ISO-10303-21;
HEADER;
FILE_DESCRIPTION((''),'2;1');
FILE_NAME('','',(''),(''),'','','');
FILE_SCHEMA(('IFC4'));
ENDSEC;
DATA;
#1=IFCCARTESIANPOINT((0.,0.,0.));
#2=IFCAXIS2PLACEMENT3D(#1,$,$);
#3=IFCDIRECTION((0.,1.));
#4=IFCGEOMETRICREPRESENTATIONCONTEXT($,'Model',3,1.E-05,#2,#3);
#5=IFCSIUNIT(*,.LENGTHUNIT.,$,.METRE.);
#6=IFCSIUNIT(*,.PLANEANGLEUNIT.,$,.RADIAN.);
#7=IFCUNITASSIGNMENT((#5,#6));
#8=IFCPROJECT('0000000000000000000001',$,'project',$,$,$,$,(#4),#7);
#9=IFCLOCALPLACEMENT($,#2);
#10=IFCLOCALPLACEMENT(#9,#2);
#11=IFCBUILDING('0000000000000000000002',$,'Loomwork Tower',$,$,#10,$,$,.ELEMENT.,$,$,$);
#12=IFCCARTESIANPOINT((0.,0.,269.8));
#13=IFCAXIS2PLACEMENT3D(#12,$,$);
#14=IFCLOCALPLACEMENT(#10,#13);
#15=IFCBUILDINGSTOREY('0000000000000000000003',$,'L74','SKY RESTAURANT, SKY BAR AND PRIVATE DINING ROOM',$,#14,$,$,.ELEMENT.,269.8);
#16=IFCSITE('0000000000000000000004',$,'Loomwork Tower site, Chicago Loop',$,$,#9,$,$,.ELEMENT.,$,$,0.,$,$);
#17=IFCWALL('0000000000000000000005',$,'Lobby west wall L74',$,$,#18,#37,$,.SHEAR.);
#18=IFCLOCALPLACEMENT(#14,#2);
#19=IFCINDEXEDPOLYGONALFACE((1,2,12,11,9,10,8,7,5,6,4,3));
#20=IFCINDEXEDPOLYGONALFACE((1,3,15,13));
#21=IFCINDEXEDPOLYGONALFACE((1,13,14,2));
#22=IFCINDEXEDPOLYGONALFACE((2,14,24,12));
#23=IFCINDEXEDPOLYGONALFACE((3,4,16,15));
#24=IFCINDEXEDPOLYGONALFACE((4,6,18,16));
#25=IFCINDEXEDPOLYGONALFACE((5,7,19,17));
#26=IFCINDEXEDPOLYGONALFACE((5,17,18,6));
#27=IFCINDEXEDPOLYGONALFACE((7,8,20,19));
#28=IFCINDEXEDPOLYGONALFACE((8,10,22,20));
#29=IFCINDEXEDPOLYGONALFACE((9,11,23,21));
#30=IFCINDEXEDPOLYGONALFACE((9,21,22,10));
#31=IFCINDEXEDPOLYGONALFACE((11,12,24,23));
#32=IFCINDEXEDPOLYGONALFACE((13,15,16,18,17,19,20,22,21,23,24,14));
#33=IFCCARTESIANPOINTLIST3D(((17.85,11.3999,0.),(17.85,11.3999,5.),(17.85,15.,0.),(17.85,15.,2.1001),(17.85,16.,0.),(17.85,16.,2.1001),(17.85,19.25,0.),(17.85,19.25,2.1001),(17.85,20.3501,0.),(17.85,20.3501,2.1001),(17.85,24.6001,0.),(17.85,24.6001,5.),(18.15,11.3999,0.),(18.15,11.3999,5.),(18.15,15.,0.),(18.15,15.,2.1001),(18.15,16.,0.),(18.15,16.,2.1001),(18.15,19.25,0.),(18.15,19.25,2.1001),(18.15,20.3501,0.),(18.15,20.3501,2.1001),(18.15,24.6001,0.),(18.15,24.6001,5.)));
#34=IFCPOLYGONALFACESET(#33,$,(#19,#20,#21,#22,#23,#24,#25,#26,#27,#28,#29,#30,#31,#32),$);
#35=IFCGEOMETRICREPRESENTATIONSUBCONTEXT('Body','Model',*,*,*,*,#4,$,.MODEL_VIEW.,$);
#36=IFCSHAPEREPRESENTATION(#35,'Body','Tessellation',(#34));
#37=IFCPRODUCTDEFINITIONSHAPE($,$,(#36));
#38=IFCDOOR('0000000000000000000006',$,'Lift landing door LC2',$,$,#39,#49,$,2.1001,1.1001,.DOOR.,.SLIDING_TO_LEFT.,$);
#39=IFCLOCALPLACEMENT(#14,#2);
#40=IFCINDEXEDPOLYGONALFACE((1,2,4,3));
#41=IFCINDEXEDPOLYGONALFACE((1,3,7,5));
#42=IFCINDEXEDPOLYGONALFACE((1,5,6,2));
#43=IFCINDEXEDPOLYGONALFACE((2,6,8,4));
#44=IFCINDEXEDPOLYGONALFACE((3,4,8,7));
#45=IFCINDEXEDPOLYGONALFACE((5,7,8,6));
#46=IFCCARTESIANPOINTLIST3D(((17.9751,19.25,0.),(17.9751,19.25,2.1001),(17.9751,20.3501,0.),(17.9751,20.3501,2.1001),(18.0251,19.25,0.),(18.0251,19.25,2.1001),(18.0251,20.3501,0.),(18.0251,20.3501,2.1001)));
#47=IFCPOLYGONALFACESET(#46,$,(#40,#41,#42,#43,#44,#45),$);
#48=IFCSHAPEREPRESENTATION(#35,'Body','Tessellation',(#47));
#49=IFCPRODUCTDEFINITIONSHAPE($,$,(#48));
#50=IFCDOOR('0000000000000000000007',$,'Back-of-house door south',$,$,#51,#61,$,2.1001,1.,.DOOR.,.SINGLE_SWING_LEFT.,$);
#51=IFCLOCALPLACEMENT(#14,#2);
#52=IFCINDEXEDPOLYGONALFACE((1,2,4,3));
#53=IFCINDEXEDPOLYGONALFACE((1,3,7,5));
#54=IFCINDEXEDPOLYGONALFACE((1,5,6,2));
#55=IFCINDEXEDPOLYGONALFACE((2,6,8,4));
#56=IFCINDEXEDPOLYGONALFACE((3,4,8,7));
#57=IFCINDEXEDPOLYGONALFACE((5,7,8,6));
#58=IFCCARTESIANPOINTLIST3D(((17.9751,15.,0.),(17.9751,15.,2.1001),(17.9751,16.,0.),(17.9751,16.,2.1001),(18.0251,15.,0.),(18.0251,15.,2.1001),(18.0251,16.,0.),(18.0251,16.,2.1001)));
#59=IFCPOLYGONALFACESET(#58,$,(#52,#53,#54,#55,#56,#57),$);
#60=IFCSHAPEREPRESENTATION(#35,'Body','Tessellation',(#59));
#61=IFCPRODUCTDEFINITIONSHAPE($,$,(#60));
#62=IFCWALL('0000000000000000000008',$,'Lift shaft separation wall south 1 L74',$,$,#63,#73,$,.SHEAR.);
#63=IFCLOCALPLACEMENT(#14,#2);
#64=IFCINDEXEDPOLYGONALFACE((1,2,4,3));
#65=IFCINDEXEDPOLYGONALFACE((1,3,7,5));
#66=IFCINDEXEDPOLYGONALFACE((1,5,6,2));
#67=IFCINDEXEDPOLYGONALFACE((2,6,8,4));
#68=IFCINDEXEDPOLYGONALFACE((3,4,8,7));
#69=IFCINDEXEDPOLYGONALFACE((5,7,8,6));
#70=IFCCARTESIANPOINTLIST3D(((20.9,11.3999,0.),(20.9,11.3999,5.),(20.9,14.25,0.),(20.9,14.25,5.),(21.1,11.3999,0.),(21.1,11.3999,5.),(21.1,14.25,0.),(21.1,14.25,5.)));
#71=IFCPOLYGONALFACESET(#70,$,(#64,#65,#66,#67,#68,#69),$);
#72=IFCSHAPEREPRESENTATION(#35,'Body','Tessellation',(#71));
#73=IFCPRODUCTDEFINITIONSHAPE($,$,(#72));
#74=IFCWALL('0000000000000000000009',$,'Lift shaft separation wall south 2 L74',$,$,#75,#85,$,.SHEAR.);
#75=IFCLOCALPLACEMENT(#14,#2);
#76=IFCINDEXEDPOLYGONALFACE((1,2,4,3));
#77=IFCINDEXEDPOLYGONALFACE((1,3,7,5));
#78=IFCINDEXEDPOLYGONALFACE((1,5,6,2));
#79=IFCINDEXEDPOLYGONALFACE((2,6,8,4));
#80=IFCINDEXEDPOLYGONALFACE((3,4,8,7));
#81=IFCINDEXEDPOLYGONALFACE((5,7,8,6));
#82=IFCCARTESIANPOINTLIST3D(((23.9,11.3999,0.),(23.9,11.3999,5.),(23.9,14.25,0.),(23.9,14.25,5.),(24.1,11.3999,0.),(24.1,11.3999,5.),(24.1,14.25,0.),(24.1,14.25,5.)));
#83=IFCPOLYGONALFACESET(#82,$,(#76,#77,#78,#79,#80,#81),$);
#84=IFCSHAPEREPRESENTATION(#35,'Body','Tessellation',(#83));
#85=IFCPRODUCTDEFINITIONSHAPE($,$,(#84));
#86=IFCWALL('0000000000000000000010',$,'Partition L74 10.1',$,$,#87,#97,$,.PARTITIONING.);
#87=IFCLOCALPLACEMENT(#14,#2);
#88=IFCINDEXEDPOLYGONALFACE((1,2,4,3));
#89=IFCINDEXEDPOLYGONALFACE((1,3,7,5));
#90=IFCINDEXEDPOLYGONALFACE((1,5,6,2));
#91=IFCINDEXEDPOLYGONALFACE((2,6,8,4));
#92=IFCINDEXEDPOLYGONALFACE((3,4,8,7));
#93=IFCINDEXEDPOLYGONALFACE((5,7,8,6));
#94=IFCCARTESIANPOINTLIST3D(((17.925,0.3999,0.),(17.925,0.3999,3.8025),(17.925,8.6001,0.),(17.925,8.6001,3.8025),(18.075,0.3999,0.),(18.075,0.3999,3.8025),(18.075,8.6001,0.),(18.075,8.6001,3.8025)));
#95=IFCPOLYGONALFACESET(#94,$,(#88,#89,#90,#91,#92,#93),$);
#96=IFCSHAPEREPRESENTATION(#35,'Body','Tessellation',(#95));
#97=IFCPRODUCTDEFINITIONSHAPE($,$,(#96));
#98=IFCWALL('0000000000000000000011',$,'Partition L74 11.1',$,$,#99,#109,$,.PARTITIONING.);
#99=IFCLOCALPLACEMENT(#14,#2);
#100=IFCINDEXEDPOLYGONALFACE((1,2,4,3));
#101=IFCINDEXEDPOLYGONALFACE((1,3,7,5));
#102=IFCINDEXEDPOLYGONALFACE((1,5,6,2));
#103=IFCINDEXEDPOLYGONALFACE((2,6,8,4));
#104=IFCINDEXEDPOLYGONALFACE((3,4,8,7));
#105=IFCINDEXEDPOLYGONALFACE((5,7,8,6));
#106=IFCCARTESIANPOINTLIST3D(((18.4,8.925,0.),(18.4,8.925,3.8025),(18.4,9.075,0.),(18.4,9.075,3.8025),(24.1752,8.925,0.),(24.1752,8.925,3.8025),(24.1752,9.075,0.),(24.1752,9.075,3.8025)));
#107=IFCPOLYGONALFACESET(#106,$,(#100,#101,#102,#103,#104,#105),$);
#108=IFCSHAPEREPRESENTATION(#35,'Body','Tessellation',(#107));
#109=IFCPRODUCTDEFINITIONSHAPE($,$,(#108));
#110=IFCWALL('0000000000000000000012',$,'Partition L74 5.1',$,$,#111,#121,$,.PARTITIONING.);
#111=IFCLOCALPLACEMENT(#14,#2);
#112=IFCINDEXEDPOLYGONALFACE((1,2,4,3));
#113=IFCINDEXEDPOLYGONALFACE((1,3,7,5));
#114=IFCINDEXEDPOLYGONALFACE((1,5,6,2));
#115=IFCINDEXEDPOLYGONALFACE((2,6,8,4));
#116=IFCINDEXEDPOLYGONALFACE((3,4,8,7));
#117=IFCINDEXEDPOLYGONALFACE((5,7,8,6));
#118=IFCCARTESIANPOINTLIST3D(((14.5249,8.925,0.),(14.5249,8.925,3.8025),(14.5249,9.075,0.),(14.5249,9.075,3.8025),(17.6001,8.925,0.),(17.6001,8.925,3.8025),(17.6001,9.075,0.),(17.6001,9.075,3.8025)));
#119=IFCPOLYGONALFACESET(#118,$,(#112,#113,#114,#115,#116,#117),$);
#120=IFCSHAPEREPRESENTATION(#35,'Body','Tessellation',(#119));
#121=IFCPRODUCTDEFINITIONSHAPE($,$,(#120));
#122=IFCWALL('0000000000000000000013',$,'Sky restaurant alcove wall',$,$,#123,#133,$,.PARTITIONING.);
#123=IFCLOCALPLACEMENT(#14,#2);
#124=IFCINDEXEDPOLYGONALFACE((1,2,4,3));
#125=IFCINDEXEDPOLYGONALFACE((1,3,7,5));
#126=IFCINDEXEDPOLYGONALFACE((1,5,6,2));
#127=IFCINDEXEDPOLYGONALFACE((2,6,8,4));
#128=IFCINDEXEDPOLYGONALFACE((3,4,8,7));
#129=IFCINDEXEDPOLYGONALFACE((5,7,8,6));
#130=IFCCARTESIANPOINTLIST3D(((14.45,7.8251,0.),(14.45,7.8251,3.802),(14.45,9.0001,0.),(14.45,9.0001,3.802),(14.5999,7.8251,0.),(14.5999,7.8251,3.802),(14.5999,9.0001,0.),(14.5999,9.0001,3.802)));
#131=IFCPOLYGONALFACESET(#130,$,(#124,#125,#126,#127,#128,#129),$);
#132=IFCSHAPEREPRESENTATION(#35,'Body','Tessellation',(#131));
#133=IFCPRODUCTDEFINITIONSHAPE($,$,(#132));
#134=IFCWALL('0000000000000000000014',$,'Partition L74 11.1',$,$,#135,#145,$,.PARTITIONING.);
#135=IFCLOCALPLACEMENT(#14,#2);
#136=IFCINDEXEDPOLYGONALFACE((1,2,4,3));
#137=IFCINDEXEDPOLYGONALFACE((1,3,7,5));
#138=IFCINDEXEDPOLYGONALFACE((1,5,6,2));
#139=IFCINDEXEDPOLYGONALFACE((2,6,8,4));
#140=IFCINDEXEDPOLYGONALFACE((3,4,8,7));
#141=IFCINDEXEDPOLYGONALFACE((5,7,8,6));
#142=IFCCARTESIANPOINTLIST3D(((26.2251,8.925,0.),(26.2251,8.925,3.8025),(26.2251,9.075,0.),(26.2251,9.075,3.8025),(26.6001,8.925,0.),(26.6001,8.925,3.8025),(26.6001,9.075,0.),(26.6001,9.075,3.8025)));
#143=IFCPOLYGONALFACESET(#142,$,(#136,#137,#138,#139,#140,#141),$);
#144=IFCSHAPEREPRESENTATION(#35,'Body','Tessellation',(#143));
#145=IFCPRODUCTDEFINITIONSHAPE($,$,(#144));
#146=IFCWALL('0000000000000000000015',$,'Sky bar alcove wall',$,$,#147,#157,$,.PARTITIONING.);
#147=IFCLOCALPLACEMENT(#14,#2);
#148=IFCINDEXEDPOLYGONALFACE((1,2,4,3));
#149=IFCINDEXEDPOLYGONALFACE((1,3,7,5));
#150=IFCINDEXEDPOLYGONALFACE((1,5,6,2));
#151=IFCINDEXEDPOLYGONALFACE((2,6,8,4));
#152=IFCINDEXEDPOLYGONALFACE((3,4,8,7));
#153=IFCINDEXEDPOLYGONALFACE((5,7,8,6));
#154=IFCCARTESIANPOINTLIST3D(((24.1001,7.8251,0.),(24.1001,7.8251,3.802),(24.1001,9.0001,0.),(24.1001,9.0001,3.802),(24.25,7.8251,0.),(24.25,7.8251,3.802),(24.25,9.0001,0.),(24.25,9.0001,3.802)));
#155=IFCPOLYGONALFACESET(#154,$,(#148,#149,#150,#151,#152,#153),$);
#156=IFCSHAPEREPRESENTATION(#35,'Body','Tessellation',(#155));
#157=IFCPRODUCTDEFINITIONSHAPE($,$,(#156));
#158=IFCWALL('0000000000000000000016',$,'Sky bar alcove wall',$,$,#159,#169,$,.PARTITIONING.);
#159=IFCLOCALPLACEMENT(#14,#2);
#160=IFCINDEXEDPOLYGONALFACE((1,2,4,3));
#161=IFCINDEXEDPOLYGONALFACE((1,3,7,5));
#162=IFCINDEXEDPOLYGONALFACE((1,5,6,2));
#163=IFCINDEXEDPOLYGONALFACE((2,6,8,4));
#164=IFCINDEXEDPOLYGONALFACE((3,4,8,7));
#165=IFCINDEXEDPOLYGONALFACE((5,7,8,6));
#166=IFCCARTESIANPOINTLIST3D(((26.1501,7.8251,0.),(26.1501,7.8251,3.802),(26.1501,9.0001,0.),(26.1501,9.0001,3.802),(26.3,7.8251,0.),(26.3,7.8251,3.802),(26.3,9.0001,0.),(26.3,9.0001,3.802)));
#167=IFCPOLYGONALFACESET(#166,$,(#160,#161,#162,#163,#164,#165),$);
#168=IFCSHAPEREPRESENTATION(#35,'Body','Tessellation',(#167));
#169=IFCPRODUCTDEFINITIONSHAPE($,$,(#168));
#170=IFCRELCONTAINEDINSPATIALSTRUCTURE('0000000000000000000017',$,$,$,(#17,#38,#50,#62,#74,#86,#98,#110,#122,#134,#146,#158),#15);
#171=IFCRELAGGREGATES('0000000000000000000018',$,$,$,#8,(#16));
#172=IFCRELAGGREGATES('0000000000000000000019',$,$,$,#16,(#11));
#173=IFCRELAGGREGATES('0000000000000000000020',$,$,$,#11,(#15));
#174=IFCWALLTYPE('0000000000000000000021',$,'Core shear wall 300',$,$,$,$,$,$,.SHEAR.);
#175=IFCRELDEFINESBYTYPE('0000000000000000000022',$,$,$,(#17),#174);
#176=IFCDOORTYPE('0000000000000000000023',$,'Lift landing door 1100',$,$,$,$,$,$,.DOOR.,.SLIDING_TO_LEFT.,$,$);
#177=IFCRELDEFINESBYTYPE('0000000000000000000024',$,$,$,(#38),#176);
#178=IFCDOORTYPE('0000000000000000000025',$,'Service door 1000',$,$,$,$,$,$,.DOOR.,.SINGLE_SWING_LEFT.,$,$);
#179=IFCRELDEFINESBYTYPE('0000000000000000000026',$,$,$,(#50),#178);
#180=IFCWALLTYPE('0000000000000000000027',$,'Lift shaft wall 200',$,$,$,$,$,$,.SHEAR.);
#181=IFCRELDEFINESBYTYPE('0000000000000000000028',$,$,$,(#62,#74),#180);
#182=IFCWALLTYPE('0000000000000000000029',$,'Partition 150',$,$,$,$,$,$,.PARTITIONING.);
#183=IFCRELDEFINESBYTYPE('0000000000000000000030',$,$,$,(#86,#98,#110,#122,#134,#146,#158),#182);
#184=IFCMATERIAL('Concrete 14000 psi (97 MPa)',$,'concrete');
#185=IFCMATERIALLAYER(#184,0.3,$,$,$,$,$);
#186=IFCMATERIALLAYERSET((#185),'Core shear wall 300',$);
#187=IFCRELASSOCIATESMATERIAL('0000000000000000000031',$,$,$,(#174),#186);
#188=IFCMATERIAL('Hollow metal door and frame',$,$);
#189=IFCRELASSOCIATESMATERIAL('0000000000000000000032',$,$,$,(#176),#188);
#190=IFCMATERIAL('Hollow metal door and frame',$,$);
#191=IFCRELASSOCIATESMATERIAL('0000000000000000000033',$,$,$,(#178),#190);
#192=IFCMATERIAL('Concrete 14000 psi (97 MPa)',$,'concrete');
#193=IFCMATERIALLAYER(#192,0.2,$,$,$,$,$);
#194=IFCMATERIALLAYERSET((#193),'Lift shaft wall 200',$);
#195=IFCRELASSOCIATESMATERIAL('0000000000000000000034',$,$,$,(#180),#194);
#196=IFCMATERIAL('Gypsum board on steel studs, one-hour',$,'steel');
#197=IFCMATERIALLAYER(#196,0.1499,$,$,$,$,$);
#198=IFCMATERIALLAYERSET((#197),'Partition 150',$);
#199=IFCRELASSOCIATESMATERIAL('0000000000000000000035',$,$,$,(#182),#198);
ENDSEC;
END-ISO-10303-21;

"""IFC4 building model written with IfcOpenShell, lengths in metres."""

from ifc_helpers import new_model, si_unit, direction, frame, frame_2d, origin, place, context, subcontext, project, spatial, rectangle, extrude, material, layer, layer_set, type_object, element, fill, save


model = new_model("IFC4")

# Units and contexts
model_context = context("Model", 3, precision=1e-05, world=origin(), true_north=direction((0.0, 1.0)))
body_context = subcontext(model_context, "Body", "Model", "MODEL_VIEW")
ifc_project = project(units=[si_unit("LENGTHUNIT", "METRE"), si_unit("PLANEANGLEUNIT", "RADIAN")], contexts=[model_context])

# Site, building, storey
site_placement = place(None, origin())
site = spatial("IfcSite", under=ifc_project, at=site_placement, Name="Loomwork Tower site, Chicago Loop", CompositionType="ELEMENT", RefElevation=0.0)
building_placement = place(site_placement, origin())
building = spatial("IfcBuilding", under=site, at=building_placement, Name="Loomwork Tower", CompositionType="ELEMENT")
storey_placement = place(building_placement, frame((0.0, 0.0, 269.8)))
storey = spatial("IfcBuildingStorey", under=building, at=storey_placement, Name="L74", Description="SKY RESTAURANT, SKY BAR AND PRIVATE DINING ROOM", CompositionType="ELEMENT", Elevation=269.8)

# Shared definitions
ifc_material_1 = material(Name="Concrete 14000 psi (97 MPa)", Category="concrete")
ifc_layer_1 = layer(ifc_material_1, 0.3)
ifc_layer_set_1 = layer_set([ifc_layer_1], Name="Core shear wall 300")
wall_type_1 = type_object("IfcWallType", Name="Core shear wall 300", PredefinedType="SHEAR", material=ifc_layer_set_1)

# Wall, openings, doors
wall_1_placement = place(storey_placement, frame((18.0, 11.3999, 0.0), z_axis=(0.0, 0.0, 1.0), x_axis=(0.0, 1.0, 0.0)))
wall_1 = element("IfcWall", 1, at=wall_1_placement, inside=storey, type_object=wall_type_1, Name="Lobby west wall L74", PredefinedType="SHEAR", context=body_context, shape_type="SweptSolid", body=[
    extrude(rectangle(XDim=13.2002, YDim=0.3, at=frame_2d((6.6001, 0.0))), origin(), (0.0, 0.0, 1.0), 5.0),
])
opening_1_placement = place(wall_1_placement, frame((3.6001, 0.0, 0.0)))
opening_1 = element("IfcOpeningElement", 2, at=opening_1_placement, cuts=wall_1, PredefinedType="OPENING", context=body_context, shape_type="SweptSolid", body=[
    extrude(rectangle(XDim=1.0, YDim=2.1001, at=frame_2d((0.5, 1.05))), frame((0.0, 0.1599, 0.0), z_axis=(0.0, -1.0, 0.0), x_axis=(1.0, 0.0, 0.0)), (0.0, 0.0, 1.0), 0.3201),
])
opening_2_placement = place(wall_1_placement, frame((7.8501, 0.0, 0.0)))
opening_2 = element("IfcOpeningElement", 3, at=opening_2_placement, cuts=wall_1, PredefinedType="OPENING", context=body_context, shape_type="SweptSolid", body=[
    extrude(rectangle(XDim=1.1001, YDim=2.1001, at=frame_2d((0.55, 1.05))), frame((0.0, 0.1599, 0.0), z_axis=(0.0, -1.0, 0.0), x_axis=(1.0, 0.0, 0.0)), (0.0, 0.0, 1.0), 0.3201),
])
ifc_material_2 = material(Name="Hollow metal door and frame")
door_type_1 = type_object("IfcDoorType", Name="Lift landing door 1100", OperationType="SLIDING_TO_LEFT", PredefinedType="DOOR", material=ifc_material_2)
door_1_placement = place(opening_2_placement, origin())
door_1 = element("IfcDoor", 4, at=door_1_placement, inside=storey, type_object=door_type_1, Name="Lift landing door LC2", OperationType="SLIDING_TO_LEFT", OverallHeight=2.1001, OverallWidth=1.1001, PredefinedType="DOOR", context=body_context, shape_type="SweptSolid", body=[
    extrude(rectangle(XDim=1.1001, YDim=2.1001, at=frame_2d((0.55, 1.05))), frame((0.0, 0.0249, 0.0), z_axis=(0.0, -1.0, 0.0), x_axis=(1.0, 0.0, 0.0)), (0.0, 0.0, 1.0), 0.05),
])
fill(opening_2, door_1)
ifc_material_3 = material(Name="Hollow metal door and frame")
door_type_2 = type_object("IfcDoorType", Name="Service door 1000", OperationType="SINGLE_SWING_LEFT", PredefinedType="DOOR", material=ifc_material_3)
door_2_placement = place(opening_1_placement, origin())
door_2 = element("IfcDoor", 5, at=door_2_placement, inside=storey, type_object=door_type_2, Name="Back-of-house door south", OperationType="SINGLE_SWING_LEFT", OverallHeight=2.1001, OverallWidth=1.0, PredefinedType="DOOR", context=body_context, shape_type="SweptSolid", body=[
    extrude(rectangle(XDim=1.0, YDim=2.1001, at=frame_2d((0.5, 1.05))), frame((0.0, 0.0249, 0.0), z_axis=(0.0, -1.0, 0.0), x_axis=(1.0, 0.0, 0.0)), (0.0, 0.0, 1.0), 0.05),
])
fill(opening_1, door_2)

# Walls
ifc_material_4 = material(Name="Concrete 14000 psi (97 MPa)", Category="concrete")
ifc_layer_2 = layer(ifc_material_4, 0.2)
ifc_layer_set_2 = layer_set([ifc_layer_2], Name="Lift shaft wall 200")
wall_type_2 = type_object("IfcWallType", Name="Lift shaft wall 200", PredefinedType="SHEAR", material=ifc_layer_set_2)
for number, where, z_axis, x_axis, name in (
    (6, (21.0, 11.3999, 0.0), (0.0, 0.0, 1.0), (0.0, 1.0, 0.0), "Lift shaft separation wall south 1 L74"),
    (7, (24.0, 11.3999, 0.0), (0.0, 0.0, 1.0), (0.0, 1.0, 0.0), "Lift shaft separation wall south 2 L74"),
):
    element("IfcWall", number, at=place(storey_placement, frame(where, z_axis=z_axis, x_axis=x_axis)), inside=storey, type_object=wall_type_2, Name=name, PredefinedType="SHEAR", context=body_context, shape_type="SweptSolid", body=[
        extrude(rectangle(XDim=2.8501, YDim=0.2, at=frame_2d((1.425, 0.0))), origin(), (0.0, 0.0, 1.0), 5.0),
    ])
ifc_material_5 = material(Name="Gypsum board on steel studs, one-hour", Category="steel")
ifc_layer_3 = layer(ifc_material_5, 0.1499)
ifc_layer_set_3 = layer_set([ifc_layer_3], Name="Partition 150")
wall_type_3 = type_object("IfcWallType", Name="Partition 150", PredefinedType="PARTITIONING", material=ifc_layer_set_3)
wall_2_placement = place(storey_placement, frame((18.0, 8.6001, 0.0), z_axis=(0.0, 0.0, 1.0), x_axis=(0.0, -1.0, 0.0)))
element("IfcWall", 8, at=wall_2_placement, inside=storey, type_object=wall_type_3, Name="Partition L74 10.1", PredefinedType="PARTITIONING", context=body_context, shape_type="SweptSolid", body=[
    extrude(rectangle(XDim=8.2002, YDim=0.1499, at=frame_2d((4.1001, 0.0))), origin(), (0.0, 0.0, 1.0), 3.8025),
])
wall_3_placement = place(storey_placement, frame((18.3999, 9.0, 0.0), z_axis=(0.0, 0.0, 1.0), x_axis=(1.0, 0.0, 0.0)))
element("IfcWall", 9, at=wall_3_placement, inside=storey, type_object=wall_type_3, Name="Partition L74 11.1", PredefinedType="PARTITIONING", context=body_context, shape_type="SweptSolid", body=[
    extrude(rectangle(XDim=5.7751, YDim=0.1499, at=frame_2d((2.8877, 0.0))), origin(), (0.0, 0.0, 1.0), 3.8025),
])
wall_4_placement = place(storey_placement, frame((14.5249, 9.0, 0.0), z_axis=(0.0, 0.0, 1.0), x_axis=(1.0, 0.0, 0.0)))
element("IfcWall", 10, at=wall_4_placement, inside=storey, type_object=wall_type_3, Name="Partition L74 5.1", PredefinedType="PARTITIONING", context=body_context, shape_type="SweptSolid", body=[
    extrude(rectangle(XDim=3.0752, YDim=0.1499, at=frame_2d((1.5376, 0.0))), origin(), (0.0, 0.0, 1.0), 3.8025),
])
wall_5_placement = place(storey_placement, frame((14.5249, 9.0, 0.0), z_axis=(0.0, 0.0, 1.0), x_axis=(0.0, -1.0, 0.0)))
element("IfcWall", 11, at=wall_5_placement, inside=storey, type_object=wall_type_3, Name="Sky restaurant alcove wall", PredefinedType="PARTITIONING", context=body_context, shape_type="SweptSolid", body=[
    extrude(rectangle(XDim=1.175, YDim=0.1499, at=frame_2d((0.5874, 0.0))), origin(), (0.0, 0.0, 1.0), 3.802),
])
wall_6_placement = place(storey_placement, frame((26.2251, 9.0, 0.0), z_axis=(0.0, 0.0, 1.0), x_axis=(1.0, 0.0, 0.0)))
element("IfcWall", 12, at=wall_6_placement, inside=storey, type_object=wall_type_3, Name="Partition L74 11.1", PredefinedType="PARTITIONING", context=body_context, shape_type="SweptSolid", body=[
    extrude(rectangle(XDim=0.375, YDim=0.1499, at=frame_2d((0.1875, 0.0))), origin(), (0.0, 0.0, 1.0), 3.8025),
])
for number, where, z_axis, x_axis, name in (
    (13, (24.175, 9.0, 0.0), (0.0, 0.0, 1.0), (0.0, -1.0, 0.0), "Sky bar alcove wall"),
    (14, (26.2251, 9.0, 0.0), (0.0, 0.0, 1.0), (0.0, -1.0, 0.0), "Sky bar alcove wall"),
):
    element("IfcWall", number, at=place(storey_placement, frame(where, z_axis=z_axis, x_axis=x_axis)), inside=storey, type_object=wall_type_3, Name=name, PredefinedType="PARTITIONING", context=body_context, shape_type="SweptSolid", body=[
        extrude(rectangle(XDim=1.175, YDim=0.1499, at=frame_2d((0.5874, 0.0))), origin(), (0.0, 0.0, 1.0), 3.802),
    ])

save(model, "model.ifc")
